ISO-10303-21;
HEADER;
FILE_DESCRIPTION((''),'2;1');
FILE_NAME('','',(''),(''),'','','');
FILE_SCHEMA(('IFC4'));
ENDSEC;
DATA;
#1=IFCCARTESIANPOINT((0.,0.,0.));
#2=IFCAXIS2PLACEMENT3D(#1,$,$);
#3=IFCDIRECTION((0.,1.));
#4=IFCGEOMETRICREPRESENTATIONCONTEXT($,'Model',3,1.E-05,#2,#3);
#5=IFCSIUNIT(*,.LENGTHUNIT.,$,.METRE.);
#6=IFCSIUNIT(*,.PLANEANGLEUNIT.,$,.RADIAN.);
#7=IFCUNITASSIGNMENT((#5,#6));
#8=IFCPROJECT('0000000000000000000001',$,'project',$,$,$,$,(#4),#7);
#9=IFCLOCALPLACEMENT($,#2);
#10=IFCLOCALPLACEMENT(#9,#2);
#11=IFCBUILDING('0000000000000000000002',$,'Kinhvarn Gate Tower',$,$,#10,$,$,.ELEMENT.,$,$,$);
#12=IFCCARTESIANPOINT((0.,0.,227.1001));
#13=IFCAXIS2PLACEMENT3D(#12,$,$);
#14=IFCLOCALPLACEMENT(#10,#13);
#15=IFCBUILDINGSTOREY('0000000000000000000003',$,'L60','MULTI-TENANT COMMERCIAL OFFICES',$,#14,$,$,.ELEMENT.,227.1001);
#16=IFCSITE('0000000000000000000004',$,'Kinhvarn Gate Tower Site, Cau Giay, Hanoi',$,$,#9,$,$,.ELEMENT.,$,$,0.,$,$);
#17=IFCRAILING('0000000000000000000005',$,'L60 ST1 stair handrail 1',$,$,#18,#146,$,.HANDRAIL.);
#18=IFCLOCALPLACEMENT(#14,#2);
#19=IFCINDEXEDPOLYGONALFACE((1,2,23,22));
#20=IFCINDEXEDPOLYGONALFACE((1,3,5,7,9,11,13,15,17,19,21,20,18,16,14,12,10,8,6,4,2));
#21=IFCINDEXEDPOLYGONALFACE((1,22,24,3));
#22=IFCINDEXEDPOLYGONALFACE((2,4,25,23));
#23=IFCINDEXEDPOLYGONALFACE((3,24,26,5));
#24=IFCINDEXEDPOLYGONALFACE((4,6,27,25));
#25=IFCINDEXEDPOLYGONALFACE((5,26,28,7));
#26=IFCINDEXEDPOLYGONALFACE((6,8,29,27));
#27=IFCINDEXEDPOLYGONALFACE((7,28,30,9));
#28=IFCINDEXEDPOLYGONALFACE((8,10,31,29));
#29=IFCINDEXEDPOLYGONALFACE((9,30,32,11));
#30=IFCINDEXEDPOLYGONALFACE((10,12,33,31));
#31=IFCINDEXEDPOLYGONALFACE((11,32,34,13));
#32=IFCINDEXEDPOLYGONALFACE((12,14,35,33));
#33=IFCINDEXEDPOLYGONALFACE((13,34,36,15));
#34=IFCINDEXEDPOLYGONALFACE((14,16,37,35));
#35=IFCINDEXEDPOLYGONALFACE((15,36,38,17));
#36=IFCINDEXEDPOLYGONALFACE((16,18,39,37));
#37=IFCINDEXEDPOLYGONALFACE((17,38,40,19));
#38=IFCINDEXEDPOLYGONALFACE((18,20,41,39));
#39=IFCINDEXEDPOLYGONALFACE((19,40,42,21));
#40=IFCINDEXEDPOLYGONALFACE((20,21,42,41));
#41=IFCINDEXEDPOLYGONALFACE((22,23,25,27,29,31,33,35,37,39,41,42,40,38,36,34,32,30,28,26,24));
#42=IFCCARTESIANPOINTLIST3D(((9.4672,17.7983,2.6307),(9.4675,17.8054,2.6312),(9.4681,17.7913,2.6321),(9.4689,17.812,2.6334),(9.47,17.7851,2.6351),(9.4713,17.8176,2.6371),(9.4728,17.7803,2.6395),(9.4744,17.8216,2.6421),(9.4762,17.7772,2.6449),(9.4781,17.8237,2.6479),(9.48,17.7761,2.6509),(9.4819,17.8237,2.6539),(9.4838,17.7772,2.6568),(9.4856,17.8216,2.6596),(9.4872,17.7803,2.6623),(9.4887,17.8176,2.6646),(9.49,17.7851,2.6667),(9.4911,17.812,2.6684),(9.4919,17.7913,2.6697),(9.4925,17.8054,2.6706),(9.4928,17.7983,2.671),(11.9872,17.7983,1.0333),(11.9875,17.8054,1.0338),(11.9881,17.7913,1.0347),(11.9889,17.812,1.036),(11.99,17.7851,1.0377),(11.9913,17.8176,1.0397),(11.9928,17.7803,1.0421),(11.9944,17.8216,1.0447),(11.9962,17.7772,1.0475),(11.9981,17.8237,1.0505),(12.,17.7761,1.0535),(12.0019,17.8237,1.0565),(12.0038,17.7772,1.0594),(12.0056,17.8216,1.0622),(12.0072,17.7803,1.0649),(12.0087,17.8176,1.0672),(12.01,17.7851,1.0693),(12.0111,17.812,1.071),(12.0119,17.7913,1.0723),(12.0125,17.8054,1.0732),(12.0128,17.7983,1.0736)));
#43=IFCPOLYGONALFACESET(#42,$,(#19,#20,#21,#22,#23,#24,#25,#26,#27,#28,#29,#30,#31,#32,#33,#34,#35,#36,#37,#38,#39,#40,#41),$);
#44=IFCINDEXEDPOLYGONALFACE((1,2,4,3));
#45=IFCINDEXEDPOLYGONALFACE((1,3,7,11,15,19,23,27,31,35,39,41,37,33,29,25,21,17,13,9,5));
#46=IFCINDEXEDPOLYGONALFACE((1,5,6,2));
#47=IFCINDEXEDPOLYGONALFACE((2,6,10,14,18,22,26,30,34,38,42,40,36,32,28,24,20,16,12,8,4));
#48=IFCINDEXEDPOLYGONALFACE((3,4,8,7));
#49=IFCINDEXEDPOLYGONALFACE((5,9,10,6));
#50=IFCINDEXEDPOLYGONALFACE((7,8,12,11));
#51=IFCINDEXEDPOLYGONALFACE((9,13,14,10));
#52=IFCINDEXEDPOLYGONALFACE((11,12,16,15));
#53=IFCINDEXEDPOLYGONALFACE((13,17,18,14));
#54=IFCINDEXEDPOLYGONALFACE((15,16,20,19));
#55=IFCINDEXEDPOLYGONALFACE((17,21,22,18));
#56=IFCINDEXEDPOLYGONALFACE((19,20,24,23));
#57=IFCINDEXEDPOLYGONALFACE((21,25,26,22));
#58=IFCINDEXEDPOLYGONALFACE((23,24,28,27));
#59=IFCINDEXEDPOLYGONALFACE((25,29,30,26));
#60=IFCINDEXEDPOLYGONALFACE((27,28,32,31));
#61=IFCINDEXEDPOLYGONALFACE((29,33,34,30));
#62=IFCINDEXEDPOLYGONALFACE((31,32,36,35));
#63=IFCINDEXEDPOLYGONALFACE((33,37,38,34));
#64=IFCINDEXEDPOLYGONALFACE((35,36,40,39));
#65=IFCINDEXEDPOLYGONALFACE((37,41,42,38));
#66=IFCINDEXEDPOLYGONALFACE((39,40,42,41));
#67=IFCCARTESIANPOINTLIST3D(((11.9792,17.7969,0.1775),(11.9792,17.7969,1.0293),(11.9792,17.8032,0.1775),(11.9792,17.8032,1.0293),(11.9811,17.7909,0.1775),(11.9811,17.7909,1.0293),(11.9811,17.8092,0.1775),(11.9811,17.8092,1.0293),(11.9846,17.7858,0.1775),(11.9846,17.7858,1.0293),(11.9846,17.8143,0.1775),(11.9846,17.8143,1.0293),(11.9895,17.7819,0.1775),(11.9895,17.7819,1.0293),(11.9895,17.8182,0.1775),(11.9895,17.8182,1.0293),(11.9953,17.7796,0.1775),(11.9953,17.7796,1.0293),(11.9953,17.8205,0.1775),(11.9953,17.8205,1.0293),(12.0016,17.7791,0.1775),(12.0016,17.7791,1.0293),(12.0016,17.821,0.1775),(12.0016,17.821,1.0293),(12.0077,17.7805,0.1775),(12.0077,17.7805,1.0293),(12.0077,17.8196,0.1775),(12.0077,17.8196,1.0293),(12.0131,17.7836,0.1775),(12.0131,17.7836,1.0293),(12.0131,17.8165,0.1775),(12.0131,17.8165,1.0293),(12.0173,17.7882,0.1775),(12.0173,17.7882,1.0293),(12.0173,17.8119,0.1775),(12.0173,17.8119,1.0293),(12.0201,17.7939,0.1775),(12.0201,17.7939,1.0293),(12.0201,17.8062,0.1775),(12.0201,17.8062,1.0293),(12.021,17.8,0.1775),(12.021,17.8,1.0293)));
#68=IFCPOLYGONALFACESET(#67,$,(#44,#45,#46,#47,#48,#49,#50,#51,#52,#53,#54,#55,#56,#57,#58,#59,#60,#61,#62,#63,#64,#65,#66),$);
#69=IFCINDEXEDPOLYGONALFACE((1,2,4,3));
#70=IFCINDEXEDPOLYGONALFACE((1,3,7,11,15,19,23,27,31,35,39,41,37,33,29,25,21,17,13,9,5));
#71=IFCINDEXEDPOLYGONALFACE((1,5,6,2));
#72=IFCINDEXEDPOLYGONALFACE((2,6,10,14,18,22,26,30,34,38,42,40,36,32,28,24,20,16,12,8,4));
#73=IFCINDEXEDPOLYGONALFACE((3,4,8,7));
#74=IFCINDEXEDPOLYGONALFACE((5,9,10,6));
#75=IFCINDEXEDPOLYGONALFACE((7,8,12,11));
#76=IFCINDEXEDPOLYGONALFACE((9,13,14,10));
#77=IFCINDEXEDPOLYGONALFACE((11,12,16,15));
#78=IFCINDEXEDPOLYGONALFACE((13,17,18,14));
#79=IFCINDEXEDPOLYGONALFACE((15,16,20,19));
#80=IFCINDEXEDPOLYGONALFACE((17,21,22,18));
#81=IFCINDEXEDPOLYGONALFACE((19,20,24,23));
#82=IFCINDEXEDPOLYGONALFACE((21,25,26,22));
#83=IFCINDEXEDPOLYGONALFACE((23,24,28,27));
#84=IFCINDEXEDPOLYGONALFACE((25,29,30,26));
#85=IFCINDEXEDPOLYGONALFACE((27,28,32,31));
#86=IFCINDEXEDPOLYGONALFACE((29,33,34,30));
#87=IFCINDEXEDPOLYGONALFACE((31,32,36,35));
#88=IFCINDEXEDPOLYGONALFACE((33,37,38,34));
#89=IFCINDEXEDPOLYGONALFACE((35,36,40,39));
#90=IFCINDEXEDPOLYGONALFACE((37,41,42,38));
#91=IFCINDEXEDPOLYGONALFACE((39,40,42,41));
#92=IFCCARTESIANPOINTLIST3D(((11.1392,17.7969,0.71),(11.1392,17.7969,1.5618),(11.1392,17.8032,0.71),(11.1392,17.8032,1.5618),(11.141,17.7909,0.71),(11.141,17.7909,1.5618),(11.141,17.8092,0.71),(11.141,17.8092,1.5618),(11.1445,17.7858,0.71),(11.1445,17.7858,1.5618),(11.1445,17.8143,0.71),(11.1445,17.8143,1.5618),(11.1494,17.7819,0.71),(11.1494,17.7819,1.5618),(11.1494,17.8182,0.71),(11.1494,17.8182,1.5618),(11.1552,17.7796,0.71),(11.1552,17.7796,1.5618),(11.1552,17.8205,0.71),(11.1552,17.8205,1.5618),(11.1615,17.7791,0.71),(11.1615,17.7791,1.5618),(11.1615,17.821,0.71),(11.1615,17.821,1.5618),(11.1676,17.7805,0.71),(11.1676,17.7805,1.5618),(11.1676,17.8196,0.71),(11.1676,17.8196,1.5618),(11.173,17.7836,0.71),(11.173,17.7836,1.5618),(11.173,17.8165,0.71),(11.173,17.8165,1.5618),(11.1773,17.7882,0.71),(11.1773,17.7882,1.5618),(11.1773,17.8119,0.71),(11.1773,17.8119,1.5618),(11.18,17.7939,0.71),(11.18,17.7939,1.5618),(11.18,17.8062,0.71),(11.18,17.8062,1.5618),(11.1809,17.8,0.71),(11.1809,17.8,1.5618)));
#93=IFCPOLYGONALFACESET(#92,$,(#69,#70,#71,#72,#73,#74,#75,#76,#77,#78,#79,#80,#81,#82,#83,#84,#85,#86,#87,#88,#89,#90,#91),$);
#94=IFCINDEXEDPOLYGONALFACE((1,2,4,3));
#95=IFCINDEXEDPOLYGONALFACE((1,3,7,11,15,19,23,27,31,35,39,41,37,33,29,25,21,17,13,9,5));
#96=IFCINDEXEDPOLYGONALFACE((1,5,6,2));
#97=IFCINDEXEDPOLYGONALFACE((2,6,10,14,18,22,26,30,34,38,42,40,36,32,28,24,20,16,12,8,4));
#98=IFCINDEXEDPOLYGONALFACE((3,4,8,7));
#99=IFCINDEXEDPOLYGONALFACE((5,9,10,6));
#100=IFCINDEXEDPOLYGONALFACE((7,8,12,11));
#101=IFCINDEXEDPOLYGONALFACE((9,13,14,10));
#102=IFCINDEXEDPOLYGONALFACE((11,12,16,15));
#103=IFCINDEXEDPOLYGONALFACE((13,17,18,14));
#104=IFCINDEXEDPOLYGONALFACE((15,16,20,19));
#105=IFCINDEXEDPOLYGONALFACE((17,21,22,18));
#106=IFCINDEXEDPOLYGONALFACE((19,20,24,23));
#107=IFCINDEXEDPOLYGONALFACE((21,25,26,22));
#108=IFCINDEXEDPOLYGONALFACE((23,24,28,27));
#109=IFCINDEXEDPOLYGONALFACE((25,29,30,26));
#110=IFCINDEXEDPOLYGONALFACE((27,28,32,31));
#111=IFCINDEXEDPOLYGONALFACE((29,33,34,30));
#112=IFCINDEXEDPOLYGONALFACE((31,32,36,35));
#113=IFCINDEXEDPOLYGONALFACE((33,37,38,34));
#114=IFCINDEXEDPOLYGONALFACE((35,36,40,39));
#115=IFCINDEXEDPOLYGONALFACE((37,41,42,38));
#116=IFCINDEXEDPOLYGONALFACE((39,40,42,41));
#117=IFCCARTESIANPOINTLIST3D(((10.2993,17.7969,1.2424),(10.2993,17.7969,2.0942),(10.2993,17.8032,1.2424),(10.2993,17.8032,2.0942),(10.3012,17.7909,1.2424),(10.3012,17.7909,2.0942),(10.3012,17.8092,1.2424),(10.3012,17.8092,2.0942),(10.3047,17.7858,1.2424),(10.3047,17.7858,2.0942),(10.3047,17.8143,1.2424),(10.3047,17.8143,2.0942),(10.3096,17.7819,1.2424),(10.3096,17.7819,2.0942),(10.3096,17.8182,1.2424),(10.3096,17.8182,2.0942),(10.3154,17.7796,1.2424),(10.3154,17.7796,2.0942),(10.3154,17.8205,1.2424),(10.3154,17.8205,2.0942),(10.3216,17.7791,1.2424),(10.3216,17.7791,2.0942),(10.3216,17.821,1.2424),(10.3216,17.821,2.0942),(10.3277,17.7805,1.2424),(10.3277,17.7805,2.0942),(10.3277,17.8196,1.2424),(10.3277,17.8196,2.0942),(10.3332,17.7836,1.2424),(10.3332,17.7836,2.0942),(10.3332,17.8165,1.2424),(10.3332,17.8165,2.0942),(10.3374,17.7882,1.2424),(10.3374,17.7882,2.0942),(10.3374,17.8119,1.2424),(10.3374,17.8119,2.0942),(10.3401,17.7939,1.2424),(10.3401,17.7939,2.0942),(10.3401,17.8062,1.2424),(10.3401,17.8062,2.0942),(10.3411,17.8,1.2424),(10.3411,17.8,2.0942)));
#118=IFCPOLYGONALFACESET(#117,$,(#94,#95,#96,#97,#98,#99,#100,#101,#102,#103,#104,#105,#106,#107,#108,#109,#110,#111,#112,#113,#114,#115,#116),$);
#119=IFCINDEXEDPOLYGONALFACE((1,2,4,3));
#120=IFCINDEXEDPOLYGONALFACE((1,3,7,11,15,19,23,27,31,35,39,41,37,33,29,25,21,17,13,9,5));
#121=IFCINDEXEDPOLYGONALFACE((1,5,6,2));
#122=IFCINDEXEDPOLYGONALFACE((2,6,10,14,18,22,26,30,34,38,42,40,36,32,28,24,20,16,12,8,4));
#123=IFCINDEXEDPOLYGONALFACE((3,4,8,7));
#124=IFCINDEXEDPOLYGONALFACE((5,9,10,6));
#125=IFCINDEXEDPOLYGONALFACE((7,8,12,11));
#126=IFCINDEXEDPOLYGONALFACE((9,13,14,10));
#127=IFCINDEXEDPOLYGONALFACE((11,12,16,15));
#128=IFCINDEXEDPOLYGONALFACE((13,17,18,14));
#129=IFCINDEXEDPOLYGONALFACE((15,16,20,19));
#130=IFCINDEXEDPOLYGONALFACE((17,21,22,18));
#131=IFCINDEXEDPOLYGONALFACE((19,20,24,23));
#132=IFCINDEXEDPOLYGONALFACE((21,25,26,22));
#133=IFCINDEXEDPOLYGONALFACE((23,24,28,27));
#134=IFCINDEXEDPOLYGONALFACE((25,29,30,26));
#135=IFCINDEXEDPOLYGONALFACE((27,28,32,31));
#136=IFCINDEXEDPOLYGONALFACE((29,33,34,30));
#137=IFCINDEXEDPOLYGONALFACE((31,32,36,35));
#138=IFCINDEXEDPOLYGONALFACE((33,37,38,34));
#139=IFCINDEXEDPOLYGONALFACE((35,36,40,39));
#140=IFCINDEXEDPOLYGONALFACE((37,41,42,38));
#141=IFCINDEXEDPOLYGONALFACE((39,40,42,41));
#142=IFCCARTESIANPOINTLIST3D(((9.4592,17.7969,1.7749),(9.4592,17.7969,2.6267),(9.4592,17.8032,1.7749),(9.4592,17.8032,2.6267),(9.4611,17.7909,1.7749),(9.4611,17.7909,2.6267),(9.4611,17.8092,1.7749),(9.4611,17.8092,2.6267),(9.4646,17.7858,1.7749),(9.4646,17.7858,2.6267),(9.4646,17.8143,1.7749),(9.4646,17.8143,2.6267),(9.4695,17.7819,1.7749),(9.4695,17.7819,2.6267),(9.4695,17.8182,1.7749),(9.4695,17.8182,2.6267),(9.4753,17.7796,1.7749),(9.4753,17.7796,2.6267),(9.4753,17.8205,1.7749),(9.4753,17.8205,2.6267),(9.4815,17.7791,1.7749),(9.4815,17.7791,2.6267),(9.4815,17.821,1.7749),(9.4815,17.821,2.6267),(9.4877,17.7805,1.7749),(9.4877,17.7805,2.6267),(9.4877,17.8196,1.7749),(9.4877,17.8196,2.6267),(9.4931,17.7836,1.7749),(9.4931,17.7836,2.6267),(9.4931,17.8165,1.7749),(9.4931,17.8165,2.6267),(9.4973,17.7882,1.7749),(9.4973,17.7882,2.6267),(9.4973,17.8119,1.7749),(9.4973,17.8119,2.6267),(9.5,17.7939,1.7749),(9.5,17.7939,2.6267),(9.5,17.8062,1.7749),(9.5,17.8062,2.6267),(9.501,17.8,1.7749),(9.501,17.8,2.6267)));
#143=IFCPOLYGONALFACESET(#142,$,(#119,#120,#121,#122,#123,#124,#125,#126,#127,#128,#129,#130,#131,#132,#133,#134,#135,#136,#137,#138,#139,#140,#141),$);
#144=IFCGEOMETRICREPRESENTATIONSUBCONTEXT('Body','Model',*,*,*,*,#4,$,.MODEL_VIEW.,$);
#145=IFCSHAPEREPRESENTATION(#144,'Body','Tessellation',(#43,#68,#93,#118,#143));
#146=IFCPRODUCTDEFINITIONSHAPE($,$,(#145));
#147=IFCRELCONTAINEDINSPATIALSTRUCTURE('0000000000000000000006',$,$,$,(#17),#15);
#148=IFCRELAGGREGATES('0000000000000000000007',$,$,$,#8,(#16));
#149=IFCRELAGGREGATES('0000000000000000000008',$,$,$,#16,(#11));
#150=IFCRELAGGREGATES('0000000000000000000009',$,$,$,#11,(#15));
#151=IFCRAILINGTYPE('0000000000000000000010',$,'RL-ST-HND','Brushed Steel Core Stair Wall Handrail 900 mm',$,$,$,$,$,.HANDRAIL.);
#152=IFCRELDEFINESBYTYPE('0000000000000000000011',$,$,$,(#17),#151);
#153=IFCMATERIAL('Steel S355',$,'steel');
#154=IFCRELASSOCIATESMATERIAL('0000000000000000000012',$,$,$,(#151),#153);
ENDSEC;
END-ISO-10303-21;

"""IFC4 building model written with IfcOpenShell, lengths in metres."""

from ifc_helpers import new_model, si_unit, direction, frame, origin, origin_2d, place, context, subcontext, project, spatial, circle, extrude, material, type_object, element, save


model = new_model("IFC4")

# Units and contexts
model_context = context("Model", 3, precision=1e-05, world=origin(), true_north=direction((0.0, 1.0)))
body_context = subcontext(model_context, "Body", "Model", "MODEL_VIEW")
ifc_project = project(units=[si_unit("LENGTHUNIT", "METRE"), si_unit("PLANEANGLEUNIT", "RADIAN")], contexts=[model_context])

# Site, building, storey
site_placement = place(None, origin())
site = spatial("IfcSite", under=ifc_project, at=site_placement, Name="Kinhvarn Gate Tower Site, Cau Giay, Hanoi", CompositionType="ELEMENT", RefElevation=0.0)
building_placement = place(site_placement, origin())
building = spatial("IfcBuilding", under=site, at=building_placement, Name="Kinhvarn Gate Tower", CompositionType="ELEMENT")
storey_placement = place(building_placement, frame((0.0, 0.0, 227.1001)))
storey = spatial("IfcBuildingStorey", under=building, at=storey_placement, Name="L60", Description="MULTI-TENANT COMMERCIAL OFFICES", CompositionType="ELEMENT", Elevation=227.1001)

# Shared definitions
ifc_material_1 = material(Name="Steel S355", Category="steel")

# Railing
railing_type_1 = type_object("IfcRailingType", Name="RL-ST-HND", Description="Brushed Steel Core Stair Wall Handrail 900 mm", PredefinedType="HANDRAIL", material=ifc_material_1)
railing_1_placement = place(storey_placement, frame((12.0, 17.8, 0.1775)))
element("IfcRailing", 1, at=railing_1_placement, inside=storey, type_object=railing_type_1, Name="L60 ST1 stair handrail 1", PredefinedType="HANDRAIL", context=body_context, shape_type="SweptSolid", body=[
    extrude(circle(Radius=0.0239, at=origin_2d()), frame((0.0, 0.0, 0.876), z_axis=(-0.844607, 0.0, 0.535387), x_axis=(0.0, -1.0, 0.0)), (0.0, 0.0, 1.0), 2.9836),
    extrude(circle(Radius=0.021, at=origin_2d()), origin(), (0.0, 0.0, 1.0), 0.8518),
    extrude(circle(Radius=0.021, at=origin_2d()), frame((-0.8401, 0.0, 0.5325)), (0.0, 0.0, 1.0), 0.8518),
    extrude(circle(Radius=0.021, at=origin_2d()), frame((-1.6799, 0.0, 1.0649)), (0.0, 0.0, 1.0), 0.8518),
    extrude(circle(Radius=0.021, at=origin_2d()), frame((-2.52, 0.0, 1.5974)), (0.0, 0.0, 1.0), 0.8518),
])

save(model, "model.ifc")
